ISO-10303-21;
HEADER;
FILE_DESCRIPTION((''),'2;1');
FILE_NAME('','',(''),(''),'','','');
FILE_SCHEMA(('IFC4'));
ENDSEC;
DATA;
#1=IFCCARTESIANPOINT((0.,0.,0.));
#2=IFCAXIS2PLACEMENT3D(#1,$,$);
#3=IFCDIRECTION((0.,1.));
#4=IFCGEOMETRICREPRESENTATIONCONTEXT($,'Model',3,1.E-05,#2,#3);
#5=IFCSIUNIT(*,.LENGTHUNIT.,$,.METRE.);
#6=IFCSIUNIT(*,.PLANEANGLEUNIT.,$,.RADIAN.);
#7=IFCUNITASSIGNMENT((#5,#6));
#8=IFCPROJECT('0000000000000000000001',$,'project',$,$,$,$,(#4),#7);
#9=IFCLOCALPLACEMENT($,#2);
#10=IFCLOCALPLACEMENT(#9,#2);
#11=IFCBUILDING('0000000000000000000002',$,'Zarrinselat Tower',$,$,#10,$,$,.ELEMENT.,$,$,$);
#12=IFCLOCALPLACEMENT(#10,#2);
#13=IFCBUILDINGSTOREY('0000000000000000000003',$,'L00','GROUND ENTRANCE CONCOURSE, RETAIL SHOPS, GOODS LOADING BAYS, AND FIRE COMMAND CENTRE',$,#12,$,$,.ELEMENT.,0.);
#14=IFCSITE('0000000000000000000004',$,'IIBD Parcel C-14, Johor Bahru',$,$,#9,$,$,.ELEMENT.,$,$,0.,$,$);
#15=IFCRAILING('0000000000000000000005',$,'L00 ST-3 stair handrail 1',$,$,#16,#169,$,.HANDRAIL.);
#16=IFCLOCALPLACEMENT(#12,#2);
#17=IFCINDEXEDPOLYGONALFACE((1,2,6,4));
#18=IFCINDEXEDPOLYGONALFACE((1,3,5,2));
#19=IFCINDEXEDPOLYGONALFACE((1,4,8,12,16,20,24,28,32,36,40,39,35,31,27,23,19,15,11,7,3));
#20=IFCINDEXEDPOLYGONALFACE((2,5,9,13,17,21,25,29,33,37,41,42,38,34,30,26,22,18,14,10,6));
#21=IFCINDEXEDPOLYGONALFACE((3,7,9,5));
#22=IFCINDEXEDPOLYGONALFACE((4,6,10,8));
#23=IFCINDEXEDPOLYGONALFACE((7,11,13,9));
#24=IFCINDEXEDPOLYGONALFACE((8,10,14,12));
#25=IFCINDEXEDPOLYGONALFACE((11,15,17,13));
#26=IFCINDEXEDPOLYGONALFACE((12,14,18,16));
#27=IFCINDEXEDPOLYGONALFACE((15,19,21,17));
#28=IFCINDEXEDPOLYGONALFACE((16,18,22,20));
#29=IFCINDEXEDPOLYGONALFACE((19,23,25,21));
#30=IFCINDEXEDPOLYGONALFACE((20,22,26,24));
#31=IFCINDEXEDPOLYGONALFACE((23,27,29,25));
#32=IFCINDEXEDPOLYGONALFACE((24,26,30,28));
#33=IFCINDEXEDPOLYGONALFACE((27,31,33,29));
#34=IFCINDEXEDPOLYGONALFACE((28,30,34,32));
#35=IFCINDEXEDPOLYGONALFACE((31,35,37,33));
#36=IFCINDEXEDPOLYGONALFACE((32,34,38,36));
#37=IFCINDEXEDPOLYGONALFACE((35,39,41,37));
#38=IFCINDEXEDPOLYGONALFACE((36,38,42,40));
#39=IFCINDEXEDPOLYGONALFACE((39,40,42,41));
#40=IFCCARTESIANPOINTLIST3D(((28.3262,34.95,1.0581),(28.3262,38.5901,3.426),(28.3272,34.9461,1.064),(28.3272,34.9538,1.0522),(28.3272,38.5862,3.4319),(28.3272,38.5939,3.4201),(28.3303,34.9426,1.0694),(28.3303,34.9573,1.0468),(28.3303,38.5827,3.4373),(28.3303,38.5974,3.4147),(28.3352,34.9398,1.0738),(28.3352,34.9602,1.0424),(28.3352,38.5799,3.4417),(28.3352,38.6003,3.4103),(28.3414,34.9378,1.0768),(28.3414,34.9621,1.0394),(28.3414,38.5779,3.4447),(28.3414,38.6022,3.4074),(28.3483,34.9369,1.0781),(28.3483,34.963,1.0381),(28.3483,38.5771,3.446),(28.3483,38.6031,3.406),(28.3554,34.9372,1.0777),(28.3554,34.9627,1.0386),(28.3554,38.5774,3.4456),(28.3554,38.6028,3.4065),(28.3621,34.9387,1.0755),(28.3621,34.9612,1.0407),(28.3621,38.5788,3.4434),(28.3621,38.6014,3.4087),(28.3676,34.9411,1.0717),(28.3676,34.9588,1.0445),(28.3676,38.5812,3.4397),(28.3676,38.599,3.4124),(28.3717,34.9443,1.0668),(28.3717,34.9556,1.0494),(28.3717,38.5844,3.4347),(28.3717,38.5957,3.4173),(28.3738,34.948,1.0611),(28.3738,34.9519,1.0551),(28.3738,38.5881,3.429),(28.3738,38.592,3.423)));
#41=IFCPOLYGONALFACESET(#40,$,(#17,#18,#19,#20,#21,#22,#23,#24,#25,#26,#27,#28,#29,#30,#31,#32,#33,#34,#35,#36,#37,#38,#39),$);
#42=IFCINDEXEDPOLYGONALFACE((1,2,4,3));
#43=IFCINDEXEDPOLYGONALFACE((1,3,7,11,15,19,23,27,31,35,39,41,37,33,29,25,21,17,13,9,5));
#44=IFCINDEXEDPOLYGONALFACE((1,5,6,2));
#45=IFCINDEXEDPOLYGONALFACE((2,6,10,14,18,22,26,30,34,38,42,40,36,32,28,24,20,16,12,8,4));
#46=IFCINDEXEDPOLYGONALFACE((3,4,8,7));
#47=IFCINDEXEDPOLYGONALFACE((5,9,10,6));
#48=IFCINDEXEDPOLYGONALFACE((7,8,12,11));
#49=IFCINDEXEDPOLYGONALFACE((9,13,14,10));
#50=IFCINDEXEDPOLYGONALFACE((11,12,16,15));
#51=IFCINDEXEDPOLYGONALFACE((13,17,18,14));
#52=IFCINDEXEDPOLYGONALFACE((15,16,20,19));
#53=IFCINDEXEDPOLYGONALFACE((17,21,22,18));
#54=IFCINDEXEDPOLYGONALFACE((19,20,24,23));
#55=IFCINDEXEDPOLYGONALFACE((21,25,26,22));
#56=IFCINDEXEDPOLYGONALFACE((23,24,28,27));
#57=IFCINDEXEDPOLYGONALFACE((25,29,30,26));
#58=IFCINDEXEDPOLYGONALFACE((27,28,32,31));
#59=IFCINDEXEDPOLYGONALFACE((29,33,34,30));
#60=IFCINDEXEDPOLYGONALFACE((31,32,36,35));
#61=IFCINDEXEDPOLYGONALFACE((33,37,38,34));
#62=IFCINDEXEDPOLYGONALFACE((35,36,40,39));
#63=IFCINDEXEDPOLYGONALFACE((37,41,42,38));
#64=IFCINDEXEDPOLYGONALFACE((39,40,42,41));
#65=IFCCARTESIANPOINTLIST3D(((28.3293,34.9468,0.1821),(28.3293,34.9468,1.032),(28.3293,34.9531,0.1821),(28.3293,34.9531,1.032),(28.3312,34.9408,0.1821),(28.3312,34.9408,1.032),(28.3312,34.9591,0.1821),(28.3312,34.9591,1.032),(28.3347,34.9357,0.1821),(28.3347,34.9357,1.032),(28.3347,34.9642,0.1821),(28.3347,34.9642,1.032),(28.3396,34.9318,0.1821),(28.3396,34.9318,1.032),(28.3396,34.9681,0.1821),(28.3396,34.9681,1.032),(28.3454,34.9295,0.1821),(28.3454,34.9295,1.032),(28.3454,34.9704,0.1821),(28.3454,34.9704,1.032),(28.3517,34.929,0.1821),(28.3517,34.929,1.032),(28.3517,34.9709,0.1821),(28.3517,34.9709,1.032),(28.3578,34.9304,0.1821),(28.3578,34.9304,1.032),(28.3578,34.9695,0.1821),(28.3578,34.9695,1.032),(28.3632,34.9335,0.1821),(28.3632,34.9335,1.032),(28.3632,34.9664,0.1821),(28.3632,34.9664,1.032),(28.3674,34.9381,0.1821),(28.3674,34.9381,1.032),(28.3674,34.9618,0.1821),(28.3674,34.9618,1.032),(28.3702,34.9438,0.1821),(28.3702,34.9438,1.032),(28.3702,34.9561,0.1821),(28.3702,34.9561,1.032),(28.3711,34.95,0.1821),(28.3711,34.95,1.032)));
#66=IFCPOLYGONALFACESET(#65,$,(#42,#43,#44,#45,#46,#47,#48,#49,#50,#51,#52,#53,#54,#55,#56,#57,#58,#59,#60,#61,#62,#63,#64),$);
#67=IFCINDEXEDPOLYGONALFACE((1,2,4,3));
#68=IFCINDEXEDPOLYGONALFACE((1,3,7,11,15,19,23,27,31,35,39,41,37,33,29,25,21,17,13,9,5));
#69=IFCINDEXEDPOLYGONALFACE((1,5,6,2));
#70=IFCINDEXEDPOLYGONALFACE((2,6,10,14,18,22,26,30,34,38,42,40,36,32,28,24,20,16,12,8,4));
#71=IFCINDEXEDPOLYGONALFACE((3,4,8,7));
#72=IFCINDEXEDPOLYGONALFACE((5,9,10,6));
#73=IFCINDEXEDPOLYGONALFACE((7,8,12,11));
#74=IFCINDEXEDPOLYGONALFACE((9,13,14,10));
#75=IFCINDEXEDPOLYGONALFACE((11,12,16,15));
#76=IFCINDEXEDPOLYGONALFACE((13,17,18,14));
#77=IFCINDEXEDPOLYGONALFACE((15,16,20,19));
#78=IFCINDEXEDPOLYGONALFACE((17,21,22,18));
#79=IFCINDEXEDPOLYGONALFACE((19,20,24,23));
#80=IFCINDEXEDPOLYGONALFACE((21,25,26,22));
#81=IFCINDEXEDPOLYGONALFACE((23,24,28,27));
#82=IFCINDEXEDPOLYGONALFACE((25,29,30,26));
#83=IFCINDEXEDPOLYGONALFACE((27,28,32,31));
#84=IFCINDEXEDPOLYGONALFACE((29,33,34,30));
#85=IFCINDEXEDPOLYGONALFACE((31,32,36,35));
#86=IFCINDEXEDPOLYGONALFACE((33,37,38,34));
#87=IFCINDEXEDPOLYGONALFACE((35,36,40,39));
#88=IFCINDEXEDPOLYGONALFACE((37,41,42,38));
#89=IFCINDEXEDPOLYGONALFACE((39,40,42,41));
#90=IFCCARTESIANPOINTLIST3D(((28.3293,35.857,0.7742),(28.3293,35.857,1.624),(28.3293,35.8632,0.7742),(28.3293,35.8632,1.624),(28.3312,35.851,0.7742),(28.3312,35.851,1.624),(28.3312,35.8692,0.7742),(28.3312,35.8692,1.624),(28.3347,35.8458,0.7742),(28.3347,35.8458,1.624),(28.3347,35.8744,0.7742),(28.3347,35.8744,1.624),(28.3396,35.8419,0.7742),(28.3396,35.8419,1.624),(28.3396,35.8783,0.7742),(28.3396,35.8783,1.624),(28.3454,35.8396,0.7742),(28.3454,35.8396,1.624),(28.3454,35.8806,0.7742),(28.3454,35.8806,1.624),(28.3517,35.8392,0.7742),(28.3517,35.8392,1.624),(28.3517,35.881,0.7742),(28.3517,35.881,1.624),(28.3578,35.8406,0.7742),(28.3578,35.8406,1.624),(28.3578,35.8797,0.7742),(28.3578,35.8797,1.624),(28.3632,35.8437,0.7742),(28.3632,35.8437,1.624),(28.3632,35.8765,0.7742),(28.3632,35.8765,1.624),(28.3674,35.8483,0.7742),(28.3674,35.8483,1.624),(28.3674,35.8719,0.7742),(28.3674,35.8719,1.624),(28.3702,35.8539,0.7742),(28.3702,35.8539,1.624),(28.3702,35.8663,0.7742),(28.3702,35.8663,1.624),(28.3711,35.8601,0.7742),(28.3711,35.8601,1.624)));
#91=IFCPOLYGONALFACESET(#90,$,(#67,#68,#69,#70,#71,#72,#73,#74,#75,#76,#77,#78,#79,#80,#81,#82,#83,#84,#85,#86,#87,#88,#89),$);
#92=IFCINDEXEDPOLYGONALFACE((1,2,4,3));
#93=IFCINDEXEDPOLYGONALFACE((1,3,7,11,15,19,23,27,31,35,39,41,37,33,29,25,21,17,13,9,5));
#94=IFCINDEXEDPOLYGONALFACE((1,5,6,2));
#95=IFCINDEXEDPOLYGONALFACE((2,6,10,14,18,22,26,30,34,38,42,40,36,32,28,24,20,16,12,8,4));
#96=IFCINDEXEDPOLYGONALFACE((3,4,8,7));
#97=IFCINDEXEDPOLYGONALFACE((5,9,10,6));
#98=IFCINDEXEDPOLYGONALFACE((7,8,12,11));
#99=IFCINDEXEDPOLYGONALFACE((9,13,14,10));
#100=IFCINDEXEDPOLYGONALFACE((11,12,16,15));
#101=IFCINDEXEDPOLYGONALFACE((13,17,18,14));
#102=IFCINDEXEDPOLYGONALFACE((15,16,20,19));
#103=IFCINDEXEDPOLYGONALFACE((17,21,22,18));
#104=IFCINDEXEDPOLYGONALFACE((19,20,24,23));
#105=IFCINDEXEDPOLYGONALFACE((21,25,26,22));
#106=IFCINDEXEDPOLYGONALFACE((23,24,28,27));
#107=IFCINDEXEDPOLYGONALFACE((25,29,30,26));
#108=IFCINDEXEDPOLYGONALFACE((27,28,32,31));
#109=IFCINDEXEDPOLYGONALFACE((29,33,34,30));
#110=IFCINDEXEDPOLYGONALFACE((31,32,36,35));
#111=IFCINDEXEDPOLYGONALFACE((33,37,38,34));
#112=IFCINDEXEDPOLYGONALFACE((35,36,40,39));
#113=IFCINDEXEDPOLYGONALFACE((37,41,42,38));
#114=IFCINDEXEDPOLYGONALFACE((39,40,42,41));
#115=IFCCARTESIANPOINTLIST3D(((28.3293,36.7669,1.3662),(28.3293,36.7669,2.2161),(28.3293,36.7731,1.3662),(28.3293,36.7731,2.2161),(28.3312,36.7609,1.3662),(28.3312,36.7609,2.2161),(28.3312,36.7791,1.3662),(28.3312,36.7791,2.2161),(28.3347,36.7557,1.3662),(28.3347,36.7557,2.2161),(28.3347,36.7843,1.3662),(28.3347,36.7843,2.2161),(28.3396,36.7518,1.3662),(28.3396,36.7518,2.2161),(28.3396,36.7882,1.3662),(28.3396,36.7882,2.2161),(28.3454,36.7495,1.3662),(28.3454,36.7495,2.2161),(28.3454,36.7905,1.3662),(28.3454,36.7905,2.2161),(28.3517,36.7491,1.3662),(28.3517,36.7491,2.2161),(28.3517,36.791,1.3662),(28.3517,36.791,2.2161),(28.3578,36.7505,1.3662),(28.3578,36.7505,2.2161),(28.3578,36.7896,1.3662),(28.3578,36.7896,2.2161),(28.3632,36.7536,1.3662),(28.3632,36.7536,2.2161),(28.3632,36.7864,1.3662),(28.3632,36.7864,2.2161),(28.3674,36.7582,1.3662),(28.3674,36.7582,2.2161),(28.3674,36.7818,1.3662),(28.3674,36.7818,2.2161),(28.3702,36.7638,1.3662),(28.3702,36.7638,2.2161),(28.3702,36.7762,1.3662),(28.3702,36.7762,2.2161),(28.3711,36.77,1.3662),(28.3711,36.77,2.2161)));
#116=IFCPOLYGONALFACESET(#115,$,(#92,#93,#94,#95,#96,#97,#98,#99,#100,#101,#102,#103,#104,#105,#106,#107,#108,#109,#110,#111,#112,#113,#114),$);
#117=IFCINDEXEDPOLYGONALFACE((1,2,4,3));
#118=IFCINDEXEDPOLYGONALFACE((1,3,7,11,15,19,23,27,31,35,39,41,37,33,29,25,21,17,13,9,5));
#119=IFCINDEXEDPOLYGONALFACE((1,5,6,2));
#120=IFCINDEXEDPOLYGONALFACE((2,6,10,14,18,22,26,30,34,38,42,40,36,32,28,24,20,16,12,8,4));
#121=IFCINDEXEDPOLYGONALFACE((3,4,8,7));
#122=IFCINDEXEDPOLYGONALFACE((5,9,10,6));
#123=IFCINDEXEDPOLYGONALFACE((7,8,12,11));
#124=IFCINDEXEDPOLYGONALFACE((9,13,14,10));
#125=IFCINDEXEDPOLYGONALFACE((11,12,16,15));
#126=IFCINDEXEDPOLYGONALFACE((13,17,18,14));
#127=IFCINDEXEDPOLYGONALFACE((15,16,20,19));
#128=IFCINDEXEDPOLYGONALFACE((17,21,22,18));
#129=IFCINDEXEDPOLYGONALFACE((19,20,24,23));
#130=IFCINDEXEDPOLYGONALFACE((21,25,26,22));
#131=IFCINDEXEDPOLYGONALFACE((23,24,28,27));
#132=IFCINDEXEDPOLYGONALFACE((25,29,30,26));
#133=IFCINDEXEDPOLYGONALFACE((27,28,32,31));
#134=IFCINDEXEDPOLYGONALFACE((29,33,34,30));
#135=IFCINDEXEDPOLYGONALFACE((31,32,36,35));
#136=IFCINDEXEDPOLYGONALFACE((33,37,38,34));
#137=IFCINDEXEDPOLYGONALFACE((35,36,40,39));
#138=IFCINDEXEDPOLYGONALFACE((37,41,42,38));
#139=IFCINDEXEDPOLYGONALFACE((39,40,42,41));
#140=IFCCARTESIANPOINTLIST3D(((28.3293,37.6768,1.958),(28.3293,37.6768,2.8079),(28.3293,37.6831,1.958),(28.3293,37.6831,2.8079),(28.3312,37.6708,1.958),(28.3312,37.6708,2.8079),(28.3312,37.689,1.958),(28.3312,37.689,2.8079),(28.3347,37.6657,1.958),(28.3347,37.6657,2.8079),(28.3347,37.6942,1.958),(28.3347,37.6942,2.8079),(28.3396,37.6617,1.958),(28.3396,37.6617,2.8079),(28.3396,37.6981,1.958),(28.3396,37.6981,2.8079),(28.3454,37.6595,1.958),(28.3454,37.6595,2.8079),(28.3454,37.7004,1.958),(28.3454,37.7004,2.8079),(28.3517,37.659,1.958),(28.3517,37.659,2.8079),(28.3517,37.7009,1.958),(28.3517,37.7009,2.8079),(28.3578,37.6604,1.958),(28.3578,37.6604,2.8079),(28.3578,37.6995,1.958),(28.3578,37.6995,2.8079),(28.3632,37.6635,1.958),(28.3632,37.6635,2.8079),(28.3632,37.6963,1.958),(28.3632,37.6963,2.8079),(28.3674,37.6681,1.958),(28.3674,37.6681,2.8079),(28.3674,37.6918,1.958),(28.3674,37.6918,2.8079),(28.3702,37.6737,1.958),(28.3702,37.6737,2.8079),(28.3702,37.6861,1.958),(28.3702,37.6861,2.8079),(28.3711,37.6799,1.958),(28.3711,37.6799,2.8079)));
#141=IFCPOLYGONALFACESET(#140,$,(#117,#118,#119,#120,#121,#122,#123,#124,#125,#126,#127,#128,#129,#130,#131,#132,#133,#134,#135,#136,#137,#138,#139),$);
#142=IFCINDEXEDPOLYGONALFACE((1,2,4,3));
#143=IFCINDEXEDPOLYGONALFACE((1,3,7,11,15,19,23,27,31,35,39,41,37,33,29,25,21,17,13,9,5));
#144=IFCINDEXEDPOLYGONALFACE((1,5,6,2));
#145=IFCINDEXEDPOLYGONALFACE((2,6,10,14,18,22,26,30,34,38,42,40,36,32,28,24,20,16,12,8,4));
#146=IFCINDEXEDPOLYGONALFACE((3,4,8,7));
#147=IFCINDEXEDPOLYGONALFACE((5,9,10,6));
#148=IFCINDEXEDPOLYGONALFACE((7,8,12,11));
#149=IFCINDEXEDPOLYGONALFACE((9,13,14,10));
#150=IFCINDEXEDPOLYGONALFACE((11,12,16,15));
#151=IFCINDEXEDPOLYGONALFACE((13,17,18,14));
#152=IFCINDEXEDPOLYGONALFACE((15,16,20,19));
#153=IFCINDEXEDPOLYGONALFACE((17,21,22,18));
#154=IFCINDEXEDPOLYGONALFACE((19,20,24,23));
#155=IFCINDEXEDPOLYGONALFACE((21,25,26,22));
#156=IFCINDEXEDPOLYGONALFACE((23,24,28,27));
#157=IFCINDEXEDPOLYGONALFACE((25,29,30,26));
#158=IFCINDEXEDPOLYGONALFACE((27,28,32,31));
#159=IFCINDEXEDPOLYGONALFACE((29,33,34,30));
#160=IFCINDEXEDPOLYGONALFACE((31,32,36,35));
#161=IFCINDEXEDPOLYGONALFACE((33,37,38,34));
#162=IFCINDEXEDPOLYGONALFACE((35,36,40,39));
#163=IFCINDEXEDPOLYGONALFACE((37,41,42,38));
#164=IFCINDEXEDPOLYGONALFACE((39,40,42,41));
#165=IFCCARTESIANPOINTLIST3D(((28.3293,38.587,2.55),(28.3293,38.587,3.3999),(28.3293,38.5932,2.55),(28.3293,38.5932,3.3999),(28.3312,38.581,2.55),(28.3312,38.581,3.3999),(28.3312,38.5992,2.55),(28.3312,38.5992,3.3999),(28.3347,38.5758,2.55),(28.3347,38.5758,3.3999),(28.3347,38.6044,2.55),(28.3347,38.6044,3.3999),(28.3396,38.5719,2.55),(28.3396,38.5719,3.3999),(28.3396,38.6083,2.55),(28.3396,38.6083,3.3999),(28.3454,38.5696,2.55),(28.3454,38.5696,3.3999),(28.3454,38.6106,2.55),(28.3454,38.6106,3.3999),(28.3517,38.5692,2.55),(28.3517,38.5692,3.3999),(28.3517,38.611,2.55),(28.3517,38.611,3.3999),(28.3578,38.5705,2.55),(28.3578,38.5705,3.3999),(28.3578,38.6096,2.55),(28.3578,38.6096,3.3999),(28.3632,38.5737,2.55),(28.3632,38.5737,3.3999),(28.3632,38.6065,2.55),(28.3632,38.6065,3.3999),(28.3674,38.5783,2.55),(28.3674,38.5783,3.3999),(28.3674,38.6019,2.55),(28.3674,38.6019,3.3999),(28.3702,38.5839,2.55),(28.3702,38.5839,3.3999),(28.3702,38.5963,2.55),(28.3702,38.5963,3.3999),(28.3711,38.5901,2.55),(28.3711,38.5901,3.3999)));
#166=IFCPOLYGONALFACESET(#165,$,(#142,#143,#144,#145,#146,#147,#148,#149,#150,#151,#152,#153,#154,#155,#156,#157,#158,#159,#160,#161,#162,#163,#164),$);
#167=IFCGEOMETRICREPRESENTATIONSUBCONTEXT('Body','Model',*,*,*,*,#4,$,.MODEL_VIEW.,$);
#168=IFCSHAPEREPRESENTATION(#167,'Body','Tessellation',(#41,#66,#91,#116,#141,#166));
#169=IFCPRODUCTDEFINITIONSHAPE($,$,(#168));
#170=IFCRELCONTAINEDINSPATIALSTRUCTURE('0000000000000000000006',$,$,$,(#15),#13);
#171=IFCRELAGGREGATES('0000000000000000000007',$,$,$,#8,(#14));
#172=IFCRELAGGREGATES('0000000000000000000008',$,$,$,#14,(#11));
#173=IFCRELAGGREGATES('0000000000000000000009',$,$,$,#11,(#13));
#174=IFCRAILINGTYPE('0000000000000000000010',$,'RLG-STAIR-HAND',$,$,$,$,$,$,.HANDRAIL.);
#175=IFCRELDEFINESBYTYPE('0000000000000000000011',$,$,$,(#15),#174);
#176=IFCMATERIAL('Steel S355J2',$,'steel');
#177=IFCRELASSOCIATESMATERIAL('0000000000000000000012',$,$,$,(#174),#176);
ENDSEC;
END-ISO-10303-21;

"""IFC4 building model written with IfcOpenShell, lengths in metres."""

from ifc_helpers import new_model, si_unit, direction, frame, origin, origin_2d, place, context, subcontext, project, spatial, circle, extrude, material, type_object, element, save


model = new_model("IFC4")

# Units and contexts
model_context = context("Model", 3, precision=1e-05, world=origin(), true_north=direction((0.0, 1.0)))
body_context = subcontext(model_context, "Body", "Model", "MODEL_VIEW")
ifc_project = project(units=[si_unit("LENGTHUNIT", "METRE"), si_unit("PLANEANGLEUNIT", "RADIAN")], contexts=[model_context])

# Site, building, storey
site_placement = place(None, origin())
site = spatial("IfcSite", under=ifc_project, at=site_placement, Name="IIBD Parcel C-14, Johor Bahru", CompositionType="ELEMENT", RefElevation=0.0)
building_placement = place(site_placement, origin())
building = spatial("IfcBuilding", under=site, at=building_placement, Name="Zarrinselat Tower", CompositionType="ELEMENT")
storey_placement = place(building_placement, origin())
storey = spatial("IfcBuildingStorey", under=building, at=storey_placement, Name="L00", Description="GROUND ENTRANCE CONCOURSE, RETAIL SHOPS, GOODS LOADING BAYS, AND FIRE COMMAND CENTRE", CompositionType="ELEMENT", Elevation=0.0)

# Railing
ifc_material_1 = material(Name="Steel S355J2", Category="steel")
railing_type_1 = type_object("IfcRailingType", Name="RLG-STAIR-HAND", PredefinedType="HANDRAIL", material=ifc_material_1)
railing_1_placement = place(storey_placement, frame((28.3501, 34.95, 0.1821)))
element("IfcRailing", 1, at=railing_1_placement, inside=storey, type_object=railing_type_1, Name="L00 ST-3 stair handrail 1", PredefinedType="HANDRAIL", context=body_context, shape_type="SweptSolid", body=[
    extrude(circle(Radius=0.0239, at=origin_2d()), frame((0.0, 0.0, 0.876), z_axis=(0.0, 0.838251, 0.545285), x_axis=(-1.0, 0.0, 0.0)), (0.0, 0.0, 1.0), 4.3425),
    extrude(circle(Radius=0.021, at=origin_2d()), origin(), (0.0, 0.0, 1.0), 0.8499),
    extrude(circle(Radius=0.021, at=origin_2d()), frame((0.0, 0.9102, 0.592)), (0.0, 0.0, 1.0), 0.8499),
    extrude(circle(Radius=0.021, at=origin_2d()), frame((0.0, 1.8201, 1.1841)), (0.0, 0.0, 1.0), 0.8499),
    extrude(circle(Radius=0.021, at=origin_2d()), frame((0.0, 2.73, 1.7759)), (0.0, 0.0, 1.0), 0.8499),
    extrude(circle(Radius=0.021, at=origin_2d()), frame((0.0, 3.6401, 2.3679)), (0.0, 0.0, 1.0), 0.8499),
])

save(model, "model.ifc")
